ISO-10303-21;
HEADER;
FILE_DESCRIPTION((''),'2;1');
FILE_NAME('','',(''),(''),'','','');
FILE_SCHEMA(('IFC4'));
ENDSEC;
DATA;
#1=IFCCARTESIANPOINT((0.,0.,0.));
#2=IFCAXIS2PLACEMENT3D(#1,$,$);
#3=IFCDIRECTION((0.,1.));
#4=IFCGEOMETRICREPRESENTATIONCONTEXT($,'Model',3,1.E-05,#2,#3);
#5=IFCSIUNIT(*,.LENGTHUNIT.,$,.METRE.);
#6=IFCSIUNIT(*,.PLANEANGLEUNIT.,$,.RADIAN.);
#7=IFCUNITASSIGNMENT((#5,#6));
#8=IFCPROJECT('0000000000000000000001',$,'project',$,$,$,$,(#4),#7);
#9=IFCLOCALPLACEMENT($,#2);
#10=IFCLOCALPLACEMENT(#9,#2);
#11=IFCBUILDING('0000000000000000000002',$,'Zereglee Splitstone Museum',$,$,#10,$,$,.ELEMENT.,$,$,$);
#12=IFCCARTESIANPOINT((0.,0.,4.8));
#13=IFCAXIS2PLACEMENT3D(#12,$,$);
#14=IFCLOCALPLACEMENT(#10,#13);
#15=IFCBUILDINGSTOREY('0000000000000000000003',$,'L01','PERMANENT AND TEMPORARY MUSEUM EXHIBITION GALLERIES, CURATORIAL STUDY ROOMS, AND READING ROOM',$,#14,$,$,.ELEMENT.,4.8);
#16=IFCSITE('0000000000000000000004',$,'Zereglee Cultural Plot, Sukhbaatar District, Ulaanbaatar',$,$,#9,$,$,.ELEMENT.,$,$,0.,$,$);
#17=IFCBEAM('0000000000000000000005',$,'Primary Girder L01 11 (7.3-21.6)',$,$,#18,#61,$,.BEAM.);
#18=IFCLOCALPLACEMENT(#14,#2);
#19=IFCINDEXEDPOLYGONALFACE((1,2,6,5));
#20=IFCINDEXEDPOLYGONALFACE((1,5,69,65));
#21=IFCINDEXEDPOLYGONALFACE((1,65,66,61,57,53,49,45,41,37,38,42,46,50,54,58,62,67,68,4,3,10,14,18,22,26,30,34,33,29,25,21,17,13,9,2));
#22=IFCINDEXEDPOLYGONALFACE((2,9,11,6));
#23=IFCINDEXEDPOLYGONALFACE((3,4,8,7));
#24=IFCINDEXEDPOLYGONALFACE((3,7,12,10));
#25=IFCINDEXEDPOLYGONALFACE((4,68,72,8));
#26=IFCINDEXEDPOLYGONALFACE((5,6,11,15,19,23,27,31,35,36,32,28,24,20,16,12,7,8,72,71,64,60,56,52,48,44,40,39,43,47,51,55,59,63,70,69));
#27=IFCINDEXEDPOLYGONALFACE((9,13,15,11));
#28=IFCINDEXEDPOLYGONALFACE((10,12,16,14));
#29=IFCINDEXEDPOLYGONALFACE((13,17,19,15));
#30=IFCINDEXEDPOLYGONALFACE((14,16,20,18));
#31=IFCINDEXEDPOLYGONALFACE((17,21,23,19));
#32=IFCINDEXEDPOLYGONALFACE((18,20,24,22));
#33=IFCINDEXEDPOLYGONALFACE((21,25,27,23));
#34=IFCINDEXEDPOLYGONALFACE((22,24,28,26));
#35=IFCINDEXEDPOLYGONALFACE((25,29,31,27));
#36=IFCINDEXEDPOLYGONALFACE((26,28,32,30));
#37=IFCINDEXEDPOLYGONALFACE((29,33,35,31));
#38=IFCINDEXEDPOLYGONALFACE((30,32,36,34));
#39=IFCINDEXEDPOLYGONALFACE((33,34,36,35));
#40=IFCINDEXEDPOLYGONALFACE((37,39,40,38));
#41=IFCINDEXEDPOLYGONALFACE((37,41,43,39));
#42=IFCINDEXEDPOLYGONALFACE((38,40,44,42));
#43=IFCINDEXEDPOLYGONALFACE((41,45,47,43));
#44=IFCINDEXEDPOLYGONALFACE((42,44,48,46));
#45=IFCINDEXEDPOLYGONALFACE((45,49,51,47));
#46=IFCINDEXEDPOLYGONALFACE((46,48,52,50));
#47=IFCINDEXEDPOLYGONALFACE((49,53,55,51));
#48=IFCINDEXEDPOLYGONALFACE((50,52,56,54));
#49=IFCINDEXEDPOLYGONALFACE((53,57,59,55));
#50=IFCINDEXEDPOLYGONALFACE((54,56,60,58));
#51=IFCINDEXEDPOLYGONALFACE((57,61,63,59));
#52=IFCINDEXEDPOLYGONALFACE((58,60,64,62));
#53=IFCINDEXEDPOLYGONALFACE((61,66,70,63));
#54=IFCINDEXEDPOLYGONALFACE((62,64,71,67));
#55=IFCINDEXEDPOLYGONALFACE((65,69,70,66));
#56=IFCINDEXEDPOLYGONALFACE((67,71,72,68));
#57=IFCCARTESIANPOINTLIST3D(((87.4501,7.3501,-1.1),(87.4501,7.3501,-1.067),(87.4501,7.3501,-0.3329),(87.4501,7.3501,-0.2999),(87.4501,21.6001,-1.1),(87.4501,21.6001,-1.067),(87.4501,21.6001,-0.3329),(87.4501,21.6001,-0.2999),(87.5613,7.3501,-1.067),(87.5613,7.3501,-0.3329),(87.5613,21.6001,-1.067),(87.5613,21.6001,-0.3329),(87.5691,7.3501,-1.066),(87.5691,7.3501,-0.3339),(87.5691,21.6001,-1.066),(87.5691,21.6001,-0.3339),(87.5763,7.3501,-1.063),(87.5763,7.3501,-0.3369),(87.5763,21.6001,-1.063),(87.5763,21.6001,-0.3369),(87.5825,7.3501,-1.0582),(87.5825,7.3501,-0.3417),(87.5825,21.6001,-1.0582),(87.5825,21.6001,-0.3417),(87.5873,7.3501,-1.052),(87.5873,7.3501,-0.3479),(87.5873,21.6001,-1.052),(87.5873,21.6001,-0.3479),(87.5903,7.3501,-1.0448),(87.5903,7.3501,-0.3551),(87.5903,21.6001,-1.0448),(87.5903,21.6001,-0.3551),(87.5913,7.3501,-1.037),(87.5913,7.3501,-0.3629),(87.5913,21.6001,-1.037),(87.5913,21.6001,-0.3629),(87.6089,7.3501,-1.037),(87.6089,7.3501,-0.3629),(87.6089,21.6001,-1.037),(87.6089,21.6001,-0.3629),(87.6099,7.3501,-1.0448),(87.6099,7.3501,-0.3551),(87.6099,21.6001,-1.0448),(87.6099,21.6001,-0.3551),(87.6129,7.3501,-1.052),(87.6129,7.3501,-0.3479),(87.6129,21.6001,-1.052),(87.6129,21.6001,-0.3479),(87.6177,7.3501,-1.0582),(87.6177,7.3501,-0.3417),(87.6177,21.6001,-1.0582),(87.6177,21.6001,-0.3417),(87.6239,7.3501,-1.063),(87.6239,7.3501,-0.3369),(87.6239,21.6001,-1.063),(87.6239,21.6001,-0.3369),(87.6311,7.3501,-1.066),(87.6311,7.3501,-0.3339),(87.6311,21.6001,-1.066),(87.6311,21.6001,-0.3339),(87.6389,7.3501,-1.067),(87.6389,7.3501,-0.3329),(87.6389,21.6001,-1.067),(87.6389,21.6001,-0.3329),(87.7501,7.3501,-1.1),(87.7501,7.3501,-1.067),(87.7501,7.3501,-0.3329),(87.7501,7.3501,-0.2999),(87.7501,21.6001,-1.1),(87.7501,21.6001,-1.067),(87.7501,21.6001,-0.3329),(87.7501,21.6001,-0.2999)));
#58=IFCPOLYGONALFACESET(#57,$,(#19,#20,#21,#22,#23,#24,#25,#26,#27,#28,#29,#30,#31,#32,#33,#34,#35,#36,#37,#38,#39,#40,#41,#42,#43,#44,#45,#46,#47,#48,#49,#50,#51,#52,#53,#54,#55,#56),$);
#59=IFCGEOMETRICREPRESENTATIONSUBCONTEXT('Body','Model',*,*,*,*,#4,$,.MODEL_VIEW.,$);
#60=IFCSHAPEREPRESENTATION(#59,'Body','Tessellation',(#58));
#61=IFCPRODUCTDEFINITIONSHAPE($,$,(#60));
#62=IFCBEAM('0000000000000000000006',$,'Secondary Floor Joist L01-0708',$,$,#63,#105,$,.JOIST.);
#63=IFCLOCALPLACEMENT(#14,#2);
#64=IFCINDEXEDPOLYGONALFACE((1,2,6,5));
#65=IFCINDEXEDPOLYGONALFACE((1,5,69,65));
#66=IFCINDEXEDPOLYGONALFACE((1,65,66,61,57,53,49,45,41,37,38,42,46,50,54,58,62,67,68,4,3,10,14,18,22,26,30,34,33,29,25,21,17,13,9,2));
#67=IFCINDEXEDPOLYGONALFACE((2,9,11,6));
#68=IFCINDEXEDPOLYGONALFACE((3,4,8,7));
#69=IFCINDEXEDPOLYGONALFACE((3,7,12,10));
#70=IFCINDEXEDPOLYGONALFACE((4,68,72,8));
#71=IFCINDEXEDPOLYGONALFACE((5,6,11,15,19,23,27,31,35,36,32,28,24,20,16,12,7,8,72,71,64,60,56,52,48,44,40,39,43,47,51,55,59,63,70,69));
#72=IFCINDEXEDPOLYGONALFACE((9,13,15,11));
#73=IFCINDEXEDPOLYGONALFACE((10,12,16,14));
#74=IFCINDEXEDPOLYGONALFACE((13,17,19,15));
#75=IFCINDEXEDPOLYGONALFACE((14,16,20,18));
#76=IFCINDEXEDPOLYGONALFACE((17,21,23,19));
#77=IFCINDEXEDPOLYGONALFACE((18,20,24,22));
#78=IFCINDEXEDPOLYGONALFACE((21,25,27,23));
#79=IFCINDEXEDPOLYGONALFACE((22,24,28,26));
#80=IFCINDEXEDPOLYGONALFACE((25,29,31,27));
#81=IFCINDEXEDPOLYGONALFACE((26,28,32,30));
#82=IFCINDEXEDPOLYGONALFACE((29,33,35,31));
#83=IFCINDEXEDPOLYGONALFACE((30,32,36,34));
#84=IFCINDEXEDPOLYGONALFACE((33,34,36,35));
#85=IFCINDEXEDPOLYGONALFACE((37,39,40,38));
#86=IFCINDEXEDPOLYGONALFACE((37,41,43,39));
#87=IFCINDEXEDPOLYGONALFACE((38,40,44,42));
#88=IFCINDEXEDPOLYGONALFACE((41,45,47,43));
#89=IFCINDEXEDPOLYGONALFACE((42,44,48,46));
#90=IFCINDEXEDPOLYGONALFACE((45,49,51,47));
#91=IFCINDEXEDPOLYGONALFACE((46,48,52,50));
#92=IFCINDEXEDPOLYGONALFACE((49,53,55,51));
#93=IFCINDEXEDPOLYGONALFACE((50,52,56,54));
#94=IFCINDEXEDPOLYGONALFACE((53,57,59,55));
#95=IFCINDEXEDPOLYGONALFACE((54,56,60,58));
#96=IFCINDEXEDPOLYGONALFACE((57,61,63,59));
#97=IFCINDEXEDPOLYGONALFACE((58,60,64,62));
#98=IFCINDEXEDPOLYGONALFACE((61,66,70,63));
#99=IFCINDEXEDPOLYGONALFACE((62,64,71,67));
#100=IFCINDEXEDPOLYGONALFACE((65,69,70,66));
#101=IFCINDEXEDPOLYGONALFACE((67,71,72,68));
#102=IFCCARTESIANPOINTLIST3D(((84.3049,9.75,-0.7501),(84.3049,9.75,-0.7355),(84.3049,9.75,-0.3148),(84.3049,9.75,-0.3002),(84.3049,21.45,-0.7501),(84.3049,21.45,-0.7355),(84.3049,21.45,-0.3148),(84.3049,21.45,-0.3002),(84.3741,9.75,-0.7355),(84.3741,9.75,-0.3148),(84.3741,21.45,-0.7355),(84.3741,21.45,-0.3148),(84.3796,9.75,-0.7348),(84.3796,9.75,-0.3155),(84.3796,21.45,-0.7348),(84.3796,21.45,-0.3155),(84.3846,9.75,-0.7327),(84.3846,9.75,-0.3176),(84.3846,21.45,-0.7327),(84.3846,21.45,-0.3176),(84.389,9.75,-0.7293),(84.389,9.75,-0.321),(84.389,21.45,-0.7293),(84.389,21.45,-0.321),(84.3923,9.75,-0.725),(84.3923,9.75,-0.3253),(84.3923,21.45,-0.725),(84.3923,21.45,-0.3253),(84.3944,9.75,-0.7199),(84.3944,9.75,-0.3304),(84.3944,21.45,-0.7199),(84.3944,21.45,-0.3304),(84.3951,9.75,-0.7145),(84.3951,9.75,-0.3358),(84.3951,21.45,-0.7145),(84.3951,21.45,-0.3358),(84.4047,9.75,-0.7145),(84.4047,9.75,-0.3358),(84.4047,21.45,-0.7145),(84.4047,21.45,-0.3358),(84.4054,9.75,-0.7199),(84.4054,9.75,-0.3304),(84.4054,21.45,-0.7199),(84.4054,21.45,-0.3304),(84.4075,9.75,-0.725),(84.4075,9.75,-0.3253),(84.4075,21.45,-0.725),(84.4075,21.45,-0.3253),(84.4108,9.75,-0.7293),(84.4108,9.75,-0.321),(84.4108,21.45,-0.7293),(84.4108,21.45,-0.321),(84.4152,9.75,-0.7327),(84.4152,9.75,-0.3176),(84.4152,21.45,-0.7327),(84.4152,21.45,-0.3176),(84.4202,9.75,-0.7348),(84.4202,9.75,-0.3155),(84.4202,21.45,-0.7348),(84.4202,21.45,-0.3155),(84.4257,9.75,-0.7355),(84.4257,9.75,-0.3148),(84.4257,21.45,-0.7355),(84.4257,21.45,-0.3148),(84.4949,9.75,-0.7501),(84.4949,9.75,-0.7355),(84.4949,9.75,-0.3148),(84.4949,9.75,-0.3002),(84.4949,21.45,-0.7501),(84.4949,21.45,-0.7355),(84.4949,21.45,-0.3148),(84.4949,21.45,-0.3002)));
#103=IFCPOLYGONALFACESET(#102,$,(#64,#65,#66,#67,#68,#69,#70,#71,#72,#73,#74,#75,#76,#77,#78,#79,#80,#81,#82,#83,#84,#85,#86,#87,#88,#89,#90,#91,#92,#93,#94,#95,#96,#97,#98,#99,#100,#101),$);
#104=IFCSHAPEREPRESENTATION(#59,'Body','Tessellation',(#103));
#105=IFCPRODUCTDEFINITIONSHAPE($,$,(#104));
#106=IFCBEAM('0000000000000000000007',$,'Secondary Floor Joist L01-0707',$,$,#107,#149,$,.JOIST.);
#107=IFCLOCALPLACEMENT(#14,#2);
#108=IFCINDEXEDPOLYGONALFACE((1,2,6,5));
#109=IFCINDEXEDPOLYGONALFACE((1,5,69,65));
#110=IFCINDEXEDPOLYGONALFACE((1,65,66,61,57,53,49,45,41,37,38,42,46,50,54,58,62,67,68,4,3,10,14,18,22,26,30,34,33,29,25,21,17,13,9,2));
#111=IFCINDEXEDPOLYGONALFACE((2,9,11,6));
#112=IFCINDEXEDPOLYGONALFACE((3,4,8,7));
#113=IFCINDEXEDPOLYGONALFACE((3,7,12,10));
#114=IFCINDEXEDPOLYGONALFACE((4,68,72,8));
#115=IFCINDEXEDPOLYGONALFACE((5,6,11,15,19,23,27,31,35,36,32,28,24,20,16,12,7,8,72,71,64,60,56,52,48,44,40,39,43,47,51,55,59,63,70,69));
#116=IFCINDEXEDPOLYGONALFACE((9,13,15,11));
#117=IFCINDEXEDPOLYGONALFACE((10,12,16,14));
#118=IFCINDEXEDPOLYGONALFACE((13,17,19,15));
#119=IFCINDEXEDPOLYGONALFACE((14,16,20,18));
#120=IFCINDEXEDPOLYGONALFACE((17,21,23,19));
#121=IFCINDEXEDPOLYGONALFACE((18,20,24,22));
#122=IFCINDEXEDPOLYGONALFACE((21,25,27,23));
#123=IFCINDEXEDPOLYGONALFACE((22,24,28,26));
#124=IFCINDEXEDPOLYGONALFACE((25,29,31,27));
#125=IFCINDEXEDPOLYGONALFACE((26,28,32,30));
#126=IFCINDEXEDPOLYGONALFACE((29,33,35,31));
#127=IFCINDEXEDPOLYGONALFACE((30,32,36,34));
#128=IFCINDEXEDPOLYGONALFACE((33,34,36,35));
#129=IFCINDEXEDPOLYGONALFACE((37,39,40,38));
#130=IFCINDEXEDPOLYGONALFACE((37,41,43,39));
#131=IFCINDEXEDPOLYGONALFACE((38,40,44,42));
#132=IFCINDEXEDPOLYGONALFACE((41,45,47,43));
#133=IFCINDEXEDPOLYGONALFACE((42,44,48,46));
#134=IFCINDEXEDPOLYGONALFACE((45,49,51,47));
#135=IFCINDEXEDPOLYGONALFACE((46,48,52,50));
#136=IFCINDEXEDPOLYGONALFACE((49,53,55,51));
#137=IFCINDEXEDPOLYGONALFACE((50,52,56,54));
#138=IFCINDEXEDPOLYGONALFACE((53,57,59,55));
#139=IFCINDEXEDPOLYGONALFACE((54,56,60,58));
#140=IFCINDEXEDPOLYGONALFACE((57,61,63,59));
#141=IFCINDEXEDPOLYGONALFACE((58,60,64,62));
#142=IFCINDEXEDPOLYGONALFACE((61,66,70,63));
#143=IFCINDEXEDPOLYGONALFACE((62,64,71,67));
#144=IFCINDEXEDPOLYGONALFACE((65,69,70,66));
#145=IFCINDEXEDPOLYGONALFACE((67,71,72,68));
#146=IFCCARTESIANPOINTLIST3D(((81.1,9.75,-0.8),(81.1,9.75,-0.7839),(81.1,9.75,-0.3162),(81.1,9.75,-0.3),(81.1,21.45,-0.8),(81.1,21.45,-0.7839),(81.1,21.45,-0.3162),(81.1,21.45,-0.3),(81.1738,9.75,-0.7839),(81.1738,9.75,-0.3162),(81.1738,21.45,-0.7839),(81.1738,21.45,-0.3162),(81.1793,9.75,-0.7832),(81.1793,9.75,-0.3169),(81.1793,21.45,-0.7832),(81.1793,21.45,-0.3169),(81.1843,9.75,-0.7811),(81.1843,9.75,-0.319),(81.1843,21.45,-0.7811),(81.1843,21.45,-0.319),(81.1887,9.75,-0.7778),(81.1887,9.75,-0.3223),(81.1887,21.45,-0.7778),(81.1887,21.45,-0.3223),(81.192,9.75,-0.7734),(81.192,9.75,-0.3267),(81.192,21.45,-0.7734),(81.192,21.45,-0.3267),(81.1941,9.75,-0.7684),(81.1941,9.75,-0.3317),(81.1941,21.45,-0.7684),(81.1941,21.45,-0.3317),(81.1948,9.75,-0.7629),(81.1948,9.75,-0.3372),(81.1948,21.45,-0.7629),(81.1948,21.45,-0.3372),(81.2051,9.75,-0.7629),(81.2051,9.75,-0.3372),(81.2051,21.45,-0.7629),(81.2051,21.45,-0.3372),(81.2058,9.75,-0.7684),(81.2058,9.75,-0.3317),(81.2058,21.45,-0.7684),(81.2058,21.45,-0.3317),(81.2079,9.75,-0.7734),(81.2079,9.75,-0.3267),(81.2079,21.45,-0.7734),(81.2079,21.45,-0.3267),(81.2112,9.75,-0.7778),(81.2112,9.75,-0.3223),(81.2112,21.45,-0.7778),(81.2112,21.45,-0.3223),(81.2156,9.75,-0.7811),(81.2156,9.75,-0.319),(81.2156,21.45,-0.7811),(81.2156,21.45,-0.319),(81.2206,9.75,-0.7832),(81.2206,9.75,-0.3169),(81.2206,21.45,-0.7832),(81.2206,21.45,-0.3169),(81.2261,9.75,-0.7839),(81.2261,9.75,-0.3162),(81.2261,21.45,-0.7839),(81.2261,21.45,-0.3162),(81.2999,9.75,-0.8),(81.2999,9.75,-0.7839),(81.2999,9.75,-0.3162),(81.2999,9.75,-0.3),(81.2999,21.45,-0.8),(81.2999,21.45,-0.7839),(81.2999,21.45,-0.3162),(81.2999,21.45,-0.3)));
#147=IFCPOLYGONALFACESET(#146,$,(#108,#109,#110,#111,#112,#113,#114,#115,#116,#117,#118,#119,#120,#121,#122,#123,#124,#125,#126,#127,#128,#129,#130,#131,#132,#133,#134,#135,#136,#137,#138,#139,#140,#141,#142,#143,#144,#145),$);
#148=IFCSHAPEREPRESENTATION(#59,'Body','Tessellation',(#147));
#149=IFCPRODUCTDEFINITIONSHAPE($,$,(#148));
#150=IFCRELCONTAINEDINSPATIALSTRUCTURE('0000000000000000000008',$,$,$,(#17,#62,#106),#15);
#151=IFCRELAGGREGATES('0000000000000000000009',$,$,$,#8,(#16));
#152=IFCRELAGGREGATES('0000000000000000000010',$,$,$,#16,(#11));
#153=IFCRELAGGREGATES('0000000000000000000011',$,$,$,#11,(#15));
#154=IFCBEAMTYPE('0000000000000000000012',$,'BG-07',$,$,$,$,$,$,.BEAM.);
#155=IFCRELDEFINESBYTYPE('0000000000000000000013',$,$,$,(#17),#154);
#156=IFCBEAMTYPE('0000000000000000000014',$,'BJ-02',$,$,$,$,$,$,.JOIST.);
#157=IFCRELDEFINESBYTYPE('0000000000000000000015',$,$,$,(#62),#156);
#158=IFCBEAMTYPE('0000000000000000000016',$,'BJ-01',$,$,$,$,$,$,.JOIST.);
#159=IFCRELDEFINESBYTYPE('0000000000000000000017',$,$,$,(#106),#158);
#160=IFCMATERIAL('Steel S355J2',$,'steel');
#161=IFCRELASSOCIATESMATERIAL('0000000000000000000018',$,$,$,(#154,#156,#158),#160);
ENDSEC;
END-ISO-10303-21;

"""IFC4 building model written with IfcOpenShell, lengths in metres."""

from ifc_helpers import new_model, si_unit, direction, frame, origin, origin_2d, place, context, subcontext, project, spatial, i_section, extrude, material, material_profile, profile_set, type_object, element, save


model = new_model("IFC4")

# Units and contexts
model_context = context("Model", 3, precision=1e-05, world=origin(), true_north=direction((0.0, 1.0)))
body_context = subcontext(model_context, "Body", "Model", "MODEL_VIEW")
ifc_project = project(units=[si_unit("LENGTHUNIT", "METRE"), si_unit("PLANEANGLEUNIT", "RADIAN")], contexts=[model_context])

# Site, building, storey
site_placement = place(None, origin())
site = spatial("IfcSite", under=ifc_project, at=site_placement, Name="Zereglee Cultural Plot, Sukhbaatar District, Ulaanbaatar", CompositionType="ELEMENT", RefElevation=0.0)
building_placement = place(site_placement, origin())
building = spatial("IfcBuilding", under=site, at=building_placement, Name="Zereglee Splitstone Museum", CompositionType="ELEMENT")
storey_placement = place(building_placement, frame((0.0, 0.0, 4.8)))
storey = spatial("IfcBuildingStorey", under=building, at=storey_placement, Name="L01", Description="PERMANENT AND TEMPORARY MUSEUM EXHIBITION GALLERIES, CURATORIAL STUDY ROOMS, AND READING ROOM", CompositionType="ELEMENT", Elevation=4.8)

# Beams
ifc_material_1 = material(Name="Steel S355J2", Category="steel")
ifc_material_profile_1 = material_profile(ifc_material_1, i_section(OverallWidth=0.3, OverallDepth=0.8, WebThickness=0.0176, FlangeThickness=0.033, FilletRadius=0.03, at=origin_2d()), Name="HE 800 B")
ifc_profile_set_1 = profile_set([ifc_material_profile_1], Name="Steel S355J2")
beam_type_1 = type_object("IfcBeamType", Name="BG-07", PredefinedType="BEAM", material=ifc_profile_set_1)
beam_1_placement = place(storey_placement, frame((87.6001, 7.3501, -0.7), z_axis=(0.0, 1.0, 0.0), x_axis=(-1.0, 0.0, 0.0)))
element("IfcBeam", 1, at=beam_1_placement, inside=storey, type_object=beam_type_1, Name="Primary Girder L01 11 (7.3-21.6)", PredefinedType="BEAM", context=body_context, shape_type="SweptSolid", body=[
    extrude(i_section(OverallWidth=0.3, OverallDepth=0.8, WebThickness=0.0176, FlangeThickness=0.033, FilletRadius=0.03, at=origin_2d()), origin(), (0.0, 0.0, 1.0), 14.25),
])
ifc_material_profile_2 = material_profile(ifc_material_1, i_section(OverallWidth=0.1899, OverallDepth=0.45, WebThickness=0.0095, FlangeThickness=0.0146, FilletRadius=0.021, at=origin_2d()), Name="IPE 450")
ifc_profile_set_2 = profile_set([ifc_material_profile_2], Name="Steel S355J2")
beam_type_2 = type_object("IfcBeamType", Name="BJ-02", PredefinedType="JOIST", material=ifc_profile_set_2)
beam_2_placement = place(storey_placement, frame((84.3999, 9.75, -0.5251), z_axis=(0.0, 1.0, 0.0), x_axis=(-1.0, 0.0, 0.0)))
element("IfcBeam", 2, at=beam_2_placement, inside=storey, type_object=beam_type_2, Name="Secondary Floor Joist L01-0708", PredefinedType="JOIST", context=body_context, shape_type="SweptSolid", body=[
    extrude(i_section(OverallWidth=0.1899, OverallDepth=0.45, WebThickness=0.0095, FlangeThickness=0.0146, FilletRadius=0.021, at=origin_2d()), origin(), (0.0, 0.0, 1.0), 11.7),
])
ifc_material_profile_3 = material_profile(ifc_material_1, i_section(OverallWidth=0.2, OverallDepth=0.5, WebThickness=0.0103, FlangeThickness=0.0161, FilletRadius=0.021, at=origin_2d()), Name="IPE 500")
ifc_profile_set_3 = profile_set([ifc_material_profile_3], Name="Steel S355J2")
beam_type_3 = type_object("IfcBeamType", Name="BJ-01", PredefinedType="JOIST", material=ifc_profile_set_3)
beam_3_placement = place(storey_placement, frame((81.2, 9.75, -0.55), z_axis=(0.0, 1.0, 0.0), x_axis=(-1.0, 0.0, 0.0)))
element("IfcBeam", 3, at=beam_3_placement, inside=storey, type_object=beam_type_3, Name="Secondary Floor Joist L01-0707", PredefinedType="JOIST", context=body_context, shape_type="SweptSolid", body=[
    extrude(i_section(OverallWidth=0.2, OverallDepth=0.5, WebThickness=0.0103, FlangeThickness=0.0161, FilletRadius=0.021, at=origin_2d()), origin(), (0.0, 0.0, 1.0), 11.7),
])

save(model, "model.ifc")
